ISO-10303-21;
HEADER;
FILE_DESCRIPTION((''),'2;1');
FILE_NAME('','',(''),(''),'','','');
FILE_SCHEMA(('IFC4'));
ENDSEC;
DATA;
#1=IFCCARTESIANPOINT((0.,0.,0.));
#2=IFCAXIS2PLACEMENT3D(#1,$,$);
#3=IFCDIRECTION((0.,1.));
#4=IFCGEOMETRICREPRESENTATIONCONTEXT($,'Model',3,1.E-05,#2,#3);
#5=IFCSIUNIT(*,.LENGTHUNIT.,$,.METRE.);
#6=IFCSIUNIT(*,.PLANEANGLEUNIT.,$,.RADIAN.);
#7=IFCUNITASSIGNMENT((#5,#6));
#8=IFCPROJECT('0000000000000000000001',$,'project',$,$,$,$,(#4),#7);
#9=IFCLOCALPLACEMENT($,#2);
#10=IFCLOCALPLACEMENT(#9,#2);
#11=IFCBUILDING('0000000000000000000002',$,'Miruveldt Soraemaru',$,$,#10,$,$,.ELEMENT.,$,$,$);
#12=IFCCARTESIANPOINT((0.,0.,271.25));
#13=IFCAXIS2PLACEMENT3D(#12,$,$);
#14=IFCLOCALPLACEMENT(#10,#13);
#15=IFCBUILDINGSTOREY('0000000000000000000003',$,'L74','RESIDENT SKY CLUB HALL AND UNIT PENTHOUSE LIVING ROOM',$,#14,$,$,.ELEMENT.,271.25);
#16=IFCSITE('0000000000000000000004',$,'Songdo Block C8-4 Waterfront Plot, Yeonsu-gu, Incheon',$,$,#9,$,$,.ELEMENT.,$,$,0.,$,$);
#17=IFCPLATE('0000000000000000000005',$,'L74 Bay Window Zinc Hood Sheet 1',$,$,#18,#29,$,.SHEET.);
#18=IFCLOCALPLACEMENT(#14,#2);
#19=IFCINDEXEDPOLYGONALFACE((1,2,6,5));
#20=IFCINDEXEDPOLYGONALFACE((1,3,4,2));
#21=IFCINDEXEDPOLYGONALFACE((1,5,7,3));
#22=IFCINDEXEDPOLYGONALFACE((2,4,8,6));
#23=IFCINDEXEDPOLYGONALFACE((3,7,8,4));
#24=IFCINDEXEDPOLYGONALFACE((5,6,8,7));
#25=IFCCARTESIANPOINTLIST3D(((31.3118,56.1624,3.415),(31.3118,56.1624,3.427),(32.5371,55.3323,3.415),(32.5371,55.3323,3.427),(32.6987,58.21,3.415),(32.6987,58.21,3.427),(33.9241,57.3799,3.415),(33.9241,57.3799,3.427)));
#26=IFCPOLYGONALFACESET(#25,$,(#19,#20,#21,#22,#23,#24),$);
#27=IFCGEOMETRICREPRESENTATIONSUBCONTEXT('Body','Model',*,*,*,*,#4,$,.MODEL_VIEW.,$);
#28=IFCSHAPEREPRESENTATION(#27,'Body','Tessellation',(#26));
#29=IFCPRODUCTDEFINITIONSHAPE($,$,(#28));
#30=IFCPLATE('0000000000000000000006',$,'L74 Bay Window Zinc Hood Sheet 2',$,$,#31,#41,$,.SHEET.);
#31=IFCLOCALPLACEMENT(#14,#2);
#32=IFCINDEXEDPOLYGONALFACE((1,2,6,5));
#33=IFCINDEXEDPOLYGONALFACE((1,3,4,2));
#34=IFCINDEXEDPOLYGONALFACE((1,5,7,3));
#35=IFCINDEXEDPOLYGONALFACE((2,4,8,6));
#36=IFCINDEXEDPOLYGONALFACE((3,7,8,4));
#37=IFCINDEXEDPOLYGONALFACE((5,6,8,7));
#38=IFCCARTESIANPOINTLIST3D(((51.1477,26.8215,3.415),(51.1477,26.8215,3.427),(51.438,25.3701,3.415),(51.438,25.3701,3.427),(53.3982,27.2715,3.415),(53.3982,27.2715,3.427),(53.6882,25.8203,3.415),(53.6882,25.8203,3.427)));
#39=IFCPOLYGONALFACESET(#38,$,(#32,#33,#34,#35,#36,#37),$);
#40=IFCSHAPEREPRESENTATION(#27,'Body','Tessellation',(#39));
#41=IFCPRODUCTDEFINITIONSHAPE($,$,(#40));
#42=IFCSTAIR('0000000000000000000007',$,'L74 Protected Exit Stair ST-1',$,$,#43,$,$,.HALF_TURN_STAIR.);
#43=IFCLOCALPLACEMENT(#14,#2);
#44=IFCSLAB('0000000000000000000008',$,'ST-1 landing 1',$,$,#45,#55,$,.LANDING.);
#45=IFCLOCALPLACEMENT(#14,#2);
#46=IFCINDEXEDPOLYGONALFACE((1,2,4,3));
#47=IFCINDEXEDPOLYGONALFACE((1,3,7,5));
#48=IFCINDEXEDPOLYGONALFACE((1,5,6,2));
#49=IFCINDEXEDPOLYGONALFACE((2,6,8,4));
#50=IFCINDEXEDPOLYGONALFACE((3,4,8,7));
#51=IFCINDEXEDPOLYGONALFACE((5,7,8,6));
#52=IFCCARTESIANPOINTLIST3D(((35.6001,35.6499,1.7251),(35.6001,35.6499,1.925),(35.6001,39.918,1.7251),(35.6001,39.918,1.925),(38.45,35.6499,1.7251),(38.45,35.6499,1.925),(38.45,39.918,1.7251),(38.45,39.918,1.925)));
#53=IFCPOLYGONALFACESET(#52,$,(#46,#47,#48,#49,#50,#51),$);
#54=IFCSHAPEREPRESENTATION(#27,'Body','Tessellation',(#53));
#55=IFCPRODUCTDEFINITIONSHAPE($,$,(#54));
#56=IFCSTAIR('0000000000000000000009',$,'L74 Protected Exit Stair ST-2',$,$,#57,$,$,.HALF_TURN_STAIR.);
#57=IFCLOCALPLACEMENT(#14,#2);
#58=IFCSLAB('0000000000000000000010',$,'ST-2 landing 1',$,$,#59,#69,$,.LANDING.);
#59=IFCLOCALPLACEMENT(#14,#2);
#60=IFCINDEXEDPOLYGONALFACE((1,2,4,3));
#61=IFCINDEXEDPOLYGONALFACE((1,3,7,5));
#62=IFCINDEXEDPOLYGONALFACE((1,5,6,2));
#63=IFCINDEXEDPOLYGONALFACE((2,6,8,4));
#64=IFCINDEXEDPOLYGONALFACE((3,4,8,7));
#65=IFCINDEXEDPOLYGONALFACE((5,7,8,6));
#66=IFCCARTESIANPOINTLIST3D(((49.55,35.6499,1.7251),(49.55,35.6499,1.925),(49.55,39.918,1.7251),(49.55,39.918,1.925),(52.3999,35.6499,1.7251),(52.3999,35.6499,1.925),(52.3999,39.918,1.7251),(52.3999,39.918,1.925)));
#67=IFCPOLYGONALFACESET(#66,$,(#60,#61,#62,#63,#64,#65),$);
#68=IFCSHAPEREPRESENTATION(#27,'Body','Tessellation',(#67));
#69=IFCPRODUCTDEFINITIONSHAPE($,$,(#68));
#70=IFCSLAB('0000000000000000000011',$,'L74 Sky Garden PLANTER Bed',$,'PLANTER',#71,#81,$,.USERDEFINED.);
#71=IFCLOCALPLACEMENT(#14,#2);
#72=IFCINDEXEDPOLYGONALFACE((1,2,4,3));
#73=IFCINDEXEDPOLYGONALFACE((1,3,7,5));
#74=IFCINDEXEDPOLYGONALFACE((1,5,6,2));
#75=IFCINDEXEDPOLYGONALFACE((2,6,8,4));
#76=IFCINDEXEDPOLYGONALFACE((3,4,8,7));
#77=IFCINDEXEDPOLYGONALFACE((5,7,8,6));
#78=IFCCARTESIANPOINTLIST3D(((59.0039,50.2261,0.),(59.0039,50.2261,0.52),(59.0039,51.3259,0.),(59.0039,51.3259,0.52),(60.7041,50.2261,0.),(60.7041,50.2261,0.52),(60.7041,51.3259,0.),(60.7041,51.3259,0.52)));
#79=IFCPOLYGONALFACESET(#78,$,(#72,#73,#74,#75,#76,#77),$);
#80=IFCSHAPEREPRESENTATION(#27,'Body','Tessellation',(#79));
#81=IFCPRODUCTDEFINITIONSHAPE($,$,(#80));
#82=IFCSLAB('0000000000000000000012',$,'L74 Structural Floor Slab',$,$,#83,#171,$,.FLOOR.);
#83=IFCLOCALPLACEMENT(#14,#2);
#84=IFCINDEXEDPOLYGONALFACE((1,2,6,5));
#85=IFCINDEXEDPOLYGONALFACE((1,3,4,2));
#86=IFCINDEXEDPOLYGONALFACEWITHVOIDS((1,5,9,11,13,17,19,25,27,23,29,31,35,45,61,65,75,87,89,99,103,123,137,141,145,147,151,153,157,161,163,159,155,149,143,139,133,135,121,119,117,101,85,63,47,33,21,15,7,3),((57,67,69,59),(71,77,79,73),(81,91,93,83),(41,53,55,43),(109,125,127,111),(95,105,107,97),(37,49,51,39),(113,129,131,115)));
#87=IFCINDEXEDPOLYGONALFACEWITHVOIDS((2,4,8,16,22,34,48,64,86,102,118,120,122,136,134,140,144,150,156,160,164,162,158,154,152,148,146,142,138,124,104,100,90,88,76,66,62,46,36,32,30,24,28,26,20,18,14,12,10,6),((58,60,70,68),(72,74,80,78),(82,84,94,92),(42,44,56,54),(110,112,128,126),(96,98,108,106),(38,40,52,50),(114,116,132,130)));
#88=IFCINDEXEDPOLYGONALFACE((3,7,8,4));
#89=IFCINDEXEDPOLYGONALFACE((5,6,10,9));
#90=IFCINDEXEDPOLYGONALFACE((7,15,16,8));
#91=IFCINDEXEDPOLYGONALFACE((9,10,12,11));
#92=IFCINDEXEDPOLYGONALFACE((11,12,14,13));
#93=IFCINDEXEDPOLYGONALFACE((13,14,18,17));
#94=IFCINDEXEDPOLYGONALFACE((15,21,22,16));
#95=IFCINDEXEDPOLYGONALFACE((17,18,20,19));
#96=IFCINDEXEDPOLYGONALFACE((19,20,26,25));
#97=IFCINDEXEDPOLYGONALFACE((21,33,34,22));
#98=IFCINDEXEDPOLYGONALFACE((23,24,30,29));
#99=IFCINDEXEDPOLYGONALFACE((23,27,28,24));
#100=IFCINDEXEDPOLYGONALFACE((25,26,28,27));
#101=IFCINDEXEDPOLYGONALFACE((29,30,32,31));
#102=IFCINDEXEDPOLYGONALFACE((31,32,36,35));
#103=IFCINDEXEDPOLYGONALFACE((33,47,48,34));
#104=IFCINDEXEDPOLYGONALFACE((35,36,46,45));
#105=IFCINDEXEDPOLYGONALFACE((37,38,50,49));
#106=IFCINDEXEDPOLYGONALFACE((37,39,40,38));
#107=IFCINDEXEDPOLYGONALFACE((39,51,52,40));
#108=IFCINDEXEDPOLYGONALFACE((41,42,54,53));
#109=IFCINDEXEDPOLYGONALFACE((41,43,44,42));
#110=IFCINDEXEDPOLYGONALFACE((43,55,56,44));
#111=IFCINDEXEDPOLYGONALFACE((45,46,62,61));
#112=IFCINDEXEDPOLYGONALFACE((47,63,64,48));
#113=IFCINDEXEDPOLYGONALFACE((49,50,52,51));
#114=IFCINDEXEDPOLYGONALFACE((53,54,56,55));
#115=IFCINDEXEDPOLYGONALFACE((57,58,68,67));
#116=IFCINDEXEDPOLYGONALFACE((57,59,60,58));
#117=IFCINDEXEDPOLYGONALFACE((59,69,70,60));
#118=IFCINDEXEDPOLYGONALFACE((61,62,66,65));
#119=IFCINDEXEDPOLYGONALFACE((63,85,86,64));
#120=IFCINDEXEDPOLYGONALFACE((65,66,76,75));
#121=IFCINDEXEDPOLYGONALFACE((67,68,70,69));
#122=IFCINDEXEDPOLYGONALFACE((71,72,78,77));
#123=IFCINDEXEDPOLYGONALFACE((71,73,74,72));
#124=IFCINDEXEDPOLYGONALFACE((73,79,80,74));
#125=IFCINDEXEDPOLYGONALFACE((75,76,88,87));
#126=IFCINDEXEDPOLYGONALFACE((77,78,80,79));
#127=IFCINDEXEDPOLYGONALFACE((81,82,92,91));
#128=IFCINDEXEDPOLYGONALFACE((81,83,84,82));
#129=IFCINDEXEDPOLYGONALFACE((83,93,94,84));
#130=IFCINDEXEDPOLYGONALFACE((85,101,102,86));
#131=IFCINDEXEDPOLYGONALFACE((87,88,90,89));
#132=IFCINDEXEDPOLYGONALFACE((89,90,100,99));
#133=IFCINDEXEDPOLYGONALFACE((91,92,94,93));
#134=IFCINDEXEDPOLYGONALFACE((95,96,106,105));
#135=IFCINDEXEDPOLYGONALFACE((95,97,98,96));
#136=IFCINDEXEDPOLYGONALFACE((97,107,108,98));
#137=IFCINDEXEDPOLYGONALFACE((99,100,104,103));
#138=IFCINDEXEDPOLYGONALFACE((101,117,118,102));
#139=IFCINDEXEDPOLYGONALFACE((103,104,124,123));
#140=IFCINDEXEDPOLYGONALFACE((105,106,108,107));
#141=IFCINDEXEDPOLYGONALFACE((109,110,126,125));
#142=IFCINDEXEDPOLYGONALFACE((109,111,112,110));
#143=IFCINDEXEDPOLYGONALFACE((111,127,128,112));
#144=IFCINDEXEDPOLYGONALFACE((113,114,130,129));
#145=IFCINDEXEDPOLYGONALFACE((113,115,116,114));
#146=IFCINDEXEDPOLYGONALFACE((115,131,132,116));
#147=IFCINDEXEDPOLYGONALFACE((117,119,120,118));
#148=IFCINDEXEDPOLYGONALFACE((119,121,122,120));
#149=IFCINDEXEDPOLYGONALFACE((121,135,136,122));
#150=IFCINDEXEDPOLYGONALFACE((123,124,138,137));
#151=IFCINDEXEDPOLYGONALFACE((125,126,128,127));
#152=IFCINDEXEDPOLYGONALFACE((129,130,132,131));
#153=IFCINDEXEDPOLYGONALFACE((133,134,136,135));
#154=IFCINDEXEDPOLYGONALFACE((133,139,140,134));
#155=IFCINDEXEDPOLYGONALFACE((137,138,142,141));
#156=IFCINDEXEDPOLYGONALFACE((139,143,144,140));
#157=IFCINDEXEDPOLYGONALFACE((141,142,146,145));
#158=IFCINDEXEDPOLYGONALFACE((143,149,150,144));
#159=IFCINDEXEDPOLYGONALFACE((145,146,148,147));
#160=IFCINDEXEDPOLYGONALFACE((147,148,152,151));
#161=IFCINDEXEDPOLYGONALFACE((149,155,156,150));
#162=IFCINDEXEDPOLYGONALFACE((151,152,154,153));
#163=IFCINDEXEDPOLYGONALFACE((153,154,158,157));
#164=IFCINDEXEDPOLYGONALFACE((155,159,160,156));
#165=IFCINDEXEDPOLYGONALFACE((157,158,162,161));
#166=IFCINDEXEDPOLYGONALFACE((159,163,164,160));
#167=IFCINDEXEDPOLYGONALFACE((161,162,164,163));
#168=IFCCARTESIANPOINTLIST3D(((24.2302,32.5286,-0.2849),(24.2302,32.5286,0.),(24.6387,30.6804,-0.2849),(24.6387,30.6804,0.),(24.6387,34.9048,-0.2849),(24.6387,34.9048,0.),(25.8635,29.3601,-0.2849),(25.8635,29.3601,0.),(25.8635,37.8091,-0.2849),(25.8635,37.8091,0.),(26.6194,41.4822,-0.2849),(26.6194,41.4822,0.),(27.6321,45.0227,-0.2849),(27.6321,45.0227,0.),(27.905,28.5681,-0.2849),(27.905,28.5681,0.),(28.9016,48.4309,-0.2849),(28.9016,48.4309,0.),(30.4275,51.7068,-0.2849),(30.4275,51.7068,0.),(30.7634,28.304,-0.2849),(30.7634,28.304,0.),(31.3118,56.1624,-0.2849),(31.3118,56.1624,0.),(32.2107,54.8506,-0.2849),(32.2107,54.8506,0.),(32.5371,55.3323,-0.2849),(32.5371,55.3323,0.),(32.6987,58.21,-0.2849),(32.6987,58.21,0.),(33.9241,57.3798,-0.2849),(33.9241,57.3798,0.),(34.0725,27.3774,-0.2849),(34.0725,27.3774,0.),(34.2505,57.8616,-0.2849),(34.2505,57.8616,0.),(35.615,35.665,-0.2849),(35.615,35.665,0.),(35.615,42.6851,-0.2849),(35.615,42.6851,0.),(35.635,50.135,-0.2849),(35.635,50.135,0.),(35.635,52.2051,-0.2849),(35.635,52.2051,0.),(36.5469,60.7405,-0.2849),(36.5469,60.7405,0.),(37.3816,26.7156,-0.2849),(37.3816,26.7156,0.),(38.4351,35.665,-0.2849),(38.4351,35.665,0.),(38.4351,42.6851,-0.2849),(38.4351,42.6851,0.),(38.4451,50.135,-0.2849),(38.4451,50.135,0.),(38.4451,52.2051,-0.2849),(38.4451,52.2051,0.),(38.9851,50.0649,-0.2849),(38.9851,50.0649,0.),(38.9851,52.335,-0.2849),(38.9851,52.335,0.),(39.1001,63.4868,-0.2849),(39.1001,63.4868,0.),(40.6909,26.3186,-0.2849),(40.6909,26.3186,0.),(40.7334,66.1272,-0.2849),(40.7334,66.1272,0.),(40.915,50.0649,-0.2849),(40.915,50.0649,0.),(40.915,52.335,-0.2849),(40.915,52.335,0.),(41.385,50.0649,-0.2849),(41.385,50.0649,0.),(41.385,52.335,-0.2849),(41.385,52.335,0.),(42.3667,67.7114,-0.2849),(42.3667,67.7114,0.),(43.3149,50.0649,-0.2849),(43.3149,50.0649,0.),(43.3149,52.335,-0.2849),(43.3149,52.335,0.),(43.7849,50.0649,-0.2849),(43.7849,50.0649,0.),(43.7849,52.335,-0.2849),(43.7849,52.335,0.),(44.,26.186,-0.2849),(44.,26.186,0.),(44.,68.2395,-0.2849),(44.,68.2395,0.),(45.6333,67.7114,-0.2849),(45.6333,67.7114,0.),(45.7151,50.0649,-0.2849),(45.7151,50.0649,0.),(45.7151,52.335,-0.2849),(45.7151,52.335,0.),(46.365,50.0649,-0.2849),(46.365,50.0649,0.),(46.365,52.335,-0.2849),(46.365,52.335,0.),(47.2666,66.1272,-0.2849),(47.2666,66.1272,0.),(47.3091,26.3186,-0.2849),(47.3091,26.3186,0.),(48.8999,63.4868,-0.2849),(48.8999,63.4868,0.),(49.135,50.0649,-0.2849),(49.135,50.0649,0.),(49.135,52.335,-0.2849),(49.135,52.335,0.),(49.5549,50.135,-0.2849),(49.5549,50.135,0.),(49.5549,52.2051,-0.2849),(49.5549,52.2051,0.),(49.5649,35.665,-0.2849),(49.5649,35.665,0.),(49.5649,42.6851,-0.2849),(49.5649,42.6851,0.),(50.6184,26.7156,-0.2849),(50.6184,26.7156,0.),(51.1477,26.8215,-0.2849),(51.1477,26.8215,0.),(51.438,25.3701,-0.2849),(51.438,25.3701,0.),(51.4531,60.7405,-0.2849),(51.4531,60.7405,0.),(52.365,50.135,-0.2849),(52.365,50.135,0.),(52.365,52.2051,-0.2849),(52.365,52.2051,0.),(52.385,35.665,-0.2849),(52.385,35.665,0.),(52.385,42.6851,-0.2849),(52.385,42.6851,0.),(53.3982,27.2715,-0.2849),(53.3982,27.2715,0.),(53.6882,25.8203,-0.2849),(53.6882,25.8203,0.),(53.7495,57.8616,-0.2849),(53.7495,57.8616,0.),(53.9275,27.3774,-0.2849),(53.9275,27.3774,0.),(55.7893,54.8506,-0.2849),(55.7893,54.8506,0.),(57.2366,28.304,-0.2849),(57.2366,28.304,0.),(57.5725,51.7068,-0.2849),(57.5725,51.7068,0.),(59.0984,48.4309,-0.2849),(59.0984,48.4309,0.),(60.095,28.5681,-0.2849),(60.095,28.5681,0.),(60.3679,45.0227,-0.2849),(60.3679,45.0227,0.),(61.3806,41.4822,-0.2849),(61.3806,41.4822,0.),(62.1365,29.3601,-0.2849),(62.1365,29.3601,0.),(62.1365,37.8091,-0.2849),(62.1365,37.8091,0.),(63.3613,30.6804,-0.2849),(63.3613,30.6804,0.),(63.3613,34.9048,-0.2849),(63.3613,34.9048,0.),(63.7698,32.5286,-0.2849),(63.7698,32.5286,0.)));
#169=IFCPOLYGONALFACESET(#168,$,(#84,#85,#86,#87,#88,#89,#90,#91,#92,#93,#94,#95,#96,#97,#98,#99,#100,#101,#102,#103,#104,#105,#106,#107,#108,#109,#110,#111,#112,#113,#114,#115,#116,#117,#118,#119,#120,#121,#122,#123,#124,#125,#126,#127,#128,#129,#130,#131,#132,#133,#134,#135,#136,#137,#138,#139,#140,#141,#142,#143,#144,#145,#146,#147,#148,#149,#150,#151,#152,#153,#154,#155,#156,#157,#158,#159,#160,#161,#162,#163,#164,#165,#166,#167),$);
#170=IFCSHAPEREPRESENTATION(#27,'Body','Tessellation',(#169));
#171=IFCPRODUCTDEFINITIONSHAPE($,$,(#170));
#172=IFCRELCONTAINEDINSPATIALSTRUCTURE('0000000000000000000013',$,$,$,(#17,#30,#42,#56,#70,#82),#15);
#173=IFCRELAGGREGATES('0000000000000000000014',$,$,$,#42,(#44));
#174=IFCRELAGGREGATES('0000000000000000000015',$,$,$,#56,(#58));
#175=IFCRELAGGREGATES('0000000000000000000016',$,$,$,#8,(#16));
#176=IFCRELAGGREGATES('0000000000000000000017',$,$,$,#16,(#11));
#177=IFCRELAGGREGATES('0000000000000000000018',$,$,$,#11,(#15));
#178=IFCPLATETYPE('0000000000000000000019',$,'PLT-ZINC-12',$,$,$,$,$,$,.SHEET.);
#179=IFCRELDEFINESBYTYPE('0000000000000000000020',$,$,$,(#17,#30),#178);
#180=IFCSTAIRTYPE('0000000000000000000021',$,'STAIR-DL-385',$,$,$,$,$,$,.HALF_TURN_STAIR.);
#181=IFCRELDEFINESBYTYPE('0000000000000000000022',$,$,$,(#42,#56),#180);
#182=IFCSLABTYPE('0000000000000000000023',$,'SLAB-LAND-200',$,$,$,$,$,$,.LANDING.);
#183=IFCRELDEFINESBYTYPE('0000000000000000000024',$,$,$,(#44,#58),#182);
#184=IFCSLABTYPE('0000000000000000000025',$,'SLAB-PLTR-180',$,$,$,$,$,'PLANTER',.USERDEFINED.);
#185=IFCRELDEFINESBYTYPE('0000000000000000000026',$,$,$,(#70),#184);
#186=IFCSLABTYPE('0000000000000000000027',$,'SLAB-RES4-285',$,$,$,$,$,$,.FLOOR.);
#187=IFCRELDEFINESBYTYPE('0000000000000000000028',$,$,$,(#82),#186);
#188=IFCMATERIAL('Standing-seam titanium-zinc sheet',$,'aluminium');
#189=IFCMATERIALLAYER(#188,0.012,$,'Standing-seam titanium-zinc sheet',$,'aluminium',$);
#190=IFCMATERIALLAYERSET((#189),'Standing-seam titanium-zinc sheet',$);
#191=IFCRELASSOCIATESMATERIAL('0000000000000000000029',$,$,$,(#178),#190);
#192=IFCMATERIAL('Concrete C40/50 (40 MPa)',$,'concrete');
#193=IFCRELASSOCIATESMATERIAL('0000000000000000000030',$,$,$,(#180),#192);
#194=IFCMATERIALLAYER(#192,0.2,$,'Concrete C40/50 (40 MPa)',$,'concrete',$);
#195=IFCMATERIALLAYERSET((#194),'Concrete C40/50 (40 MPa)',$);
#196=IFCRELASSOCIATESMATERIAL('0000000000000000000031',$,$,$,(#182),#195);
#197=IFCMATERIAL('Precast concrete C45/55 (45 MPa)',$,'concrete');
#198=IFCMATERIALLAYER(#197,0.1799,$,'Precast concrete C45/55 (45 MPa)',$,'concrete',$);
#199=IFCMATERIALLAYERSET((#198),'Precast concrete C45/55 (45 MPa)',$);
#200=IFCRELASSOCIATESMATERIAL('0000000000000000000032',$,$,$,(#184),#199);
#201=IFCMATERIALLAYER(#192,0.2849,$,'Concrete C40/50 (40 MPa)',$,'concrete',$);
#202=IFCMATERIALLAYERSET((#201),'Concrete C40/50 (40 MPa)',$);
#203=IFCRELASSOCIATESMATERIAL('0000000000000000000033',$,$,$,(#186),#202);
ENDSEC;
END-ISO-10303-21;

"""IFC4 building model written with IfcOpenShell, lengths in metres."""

from ifc_helpers import new_model, si_unit, direction, frame, origin, place, context, subcontext, project, spatial, polyline, outline, extrude, material, layer, layer_set, type_object, element, aggregate, save


model = new_model("IFC4")

# Units and contexts
model_context = context("Model", 3, precision=1e-05, world=origin(), true_north=direction((0.0, 1.0)))
body_context = subcontext(model_context, "Body", "Model", "MODEL_VIEW")
ifc_project = project(units=[si_unit("LENGTHUNIT", "METRE"), si_unit("PLANEANGLEUNIT", "RADIAN")], contexts=[model_context])

# Site, building, storey
site_placement = place(None, origin())
site = spatial("IfcSite", under=ifc_project, at=site_placement, Name="Songdo Block C8-4 Waterfront Plot, Yeonsu-gu, Incheon", CompositionType="ELEMENT", RefElevation=0.0)
building_placement = place(site_placement, origin())
building = spatial("IfcBuilding", under=site, at=building_placement, Name="Miruveldt Soraemaru", CompositionType="ELEMENT")
storey_placement = place(building_placement, frame((0.0, 0.0, 271.25)))
storey = spatial("IfcBuildingStorey", under=building, at=storey_placement, Name="L74", Description="RESIDENT SKY CLUB HALL AND UNIT PENTHOUSE LIVING ROOM", CompositionType="ELEMENT", Elevation=271.25)

# Plates
ifc_material_1 = material(Name="Standing-seam titanium-zinc sheet", Category="aluminium")
ifc_layer_1 = layer(ifc_material_1, 0.012, Name="Standing-seam titanium-zinc sheet", Category="aluminium")
ifc_layer_set_1 = layer_set([ifc_layer_1], Name="Standing-seam titanium-zinc sheet")
plate_type = type_object("IfcPlateType", Name="PLT-ZINC-12", PredefinedType="SHEET", material=ifc_layer_set_1)
plate_1_placement = place(storey_placement, frame((0.0, 0.0, 3.415)))
element("IfcPlate", 1, at=plate_1_placement, inside=storey, type_object=plate_type, Name="L74 Bay Window Zinc Hood Sheet 1", PredefinedType="SHEET", context=body_context, shape_type="SweptSolid", body=[
    extrude(outline(polyline([(33.9241, 57.3799), (32.5371, 55.3323), (31.3118, 56.1624), (32.6987, 58.21), (33.9241, 57.3799)])), origin(), (0.0, 0.0, 1.0), 0.012),
])
plate_2_placement = place(storey_placement, frame((0.0, 0.0, 3.415)))
element("IfcPlate", 2, at=plate_2_placement, inside=storey, type_object=plate_type, Name="L74 Bay Window Zinc Hood Sheet 2", PredefinedType="SHEET", context=body_context, shape_type="SweptSolid", body=[
    extrude(outline(polyline([(51.1477, 26.8215), (53.3982, 27.2715), (53.6882, 25.8203), (51.438, 25.3701), (51.1477, 26.8215)])), origin(), (0.0, 0.0, 1.0), 0.012),
])

# Stairs, slabs
ifc_material_2 = material(Name="Concrete C40/50 (40 MPa)", Category="concrete")
stair_type = type_object("IfcStairType", Name="STAIR-DL-385", PredefinedType="HALF_TURN_STAIR", material=ifc_material_2)
stair_1_placement = place(storey_placement, origin())
stair_1 = element("IfcStair", 3, at=stair_1_placement, inside=storey, type_object=stair_type, Name="L74 Protected Exit Stair ST-1", PredefinedType="HALF_TURN_STAIR")
ifc_layer_2 = layer(ifc_material_2, 0.2, Name="Concrete C40/50 (40 MPa)", Category="concrete")
ifc_layer_set_2 = layer_set([ifc_layer_2], Name="Concrete C40/50 (40 MPa)")
slab_type_1 = type_object("IfcSlabType", Name="SLAB-LAND-200", PredefinedType="LANDING", material=ifc_layer_set_2)
slab_1_placement = place(storey_placement, frame((0.0, 0.0, 1.7251)))
slab_1 = element("IfcSlab", 4, at=slab_1_placement, type_object=slab_type_1, Name="ST-1 landing 1", PredefinedType="LANDING", context=body_context, shape_type="SweptSolid", body=[
    extrude(outline(polyline([(35.6001, 39.918), (35.6001, 35.6499), (38.45, 35.6499), (38.45, 39.918), (35.6001, 39.918)])), origin(), (0.0, 0.0, 1.0), 0.2),
])
aggregate(stair_1, [slab_1])
stair_2_placement = place(storey_placement, origin())
stair_2 = element("IfcStair", 5, at=stair_2_placement, inside=storey, type_object=stair_type, Name="L74 Protected Exit Stair ST-2", PredefinedType="HALF_TURN_STAIR")
slab_2_placement = place(storey_placement, frame((0.0, 0.0, 1.7251)))
slab_2 = element("IfcSlab", 6, at=slab_2_placement, type_object=slab_type_1, Name="ST-2 landing 1", PredefinedType="LANDING", context=body_context, shape_type="SweptSolid", body=[
    extrude(outline(polyline([(49.55, 39.918), (49.55, 35.6499), (52.3999, 35.6499), (52.3999, 39.918), (49.55, 39.918)])), origin(), (0.0, 0.0, 1.0), 0.2),
])
aggregate(stair_2, [slab_2])

# Slabs
ifc_material_3 = material(Name="Precast concrete C45/55 (45 MPa)", Category="concrete")
ifc_layer_3 = layer(ifc_material_3, 0.1799, Name="Precast concrete C45/55 (45 MPa)", Category="concrete")
ifc_layer_set_3 = layer_set([ifc_layer_3], Name="Precast concrete C45/55 (45 MPa)")
slab_type_2 = type_object("IfcSlabType", Name="SLAB-PLTR-180", ElementType="PLANTER", PredefinedType="USERDEFINED", material=ifc_layer_set_3)
slab_3_placement = place(storey_placement, origin())
element("IfcSlab", 7, at=slab_3_placement, inside=storey, type_object=slab_type_2, Name="L74 Sky Garden PLANTER Bed", ObjectType="PLANTER", PredefinedType="USERDEFINED", context=body_context, shape_type="SweptSolid", body=[
    extrude(outline(polyline([(59.0039, 50.2261), (60.7041, 50.2261), (60.7041, 51.3259), (59.0039, 51.3259), (59.0039, 50.2261)])), origin(), (0.0, 0.0, 1.0), 0.52),
])
ifc_layer_4 = layer(ifc_material_2, 0.2849, Name="Concrete C40/50 (40 MPa)", Category="concrete")
ifc_layer_set_4 = layer_set([ifc_layer_4], Name="Concrete C40/50 (40 MPa)")
slab_type_3 = type_object("IfcSlabType", Name="SLAB-RES4-285", PredefinedType="FLOOR", material=ifc_layer_set_4)
slab_4_placement = place(storey_placement, frame((0.0, 0.0, -0.2849)))
element("IfcSlab", 8, at=slab_4_placement, inside=storey, type_object=slab_type_3, Name="L74 Structural Floor Slab", PredefinedType="FLOOR", context=body_context, shape_type="SweptSolid", body=[
    extrude(outline(polyline([(53.6882, 25.8203), (51.438, 25.3701), (51.1477, 26.8215), (50.6184, 26.7156), (47.3091, 26.3186), (44.0, 26.186), (40.6909, 26.3186), (37.3816, 26.7156), (34.0725, 27.3774), (30.7634, 28.304), (27.905, 28.5681), (25.8635, 29.3601), (24.6387, 30.6804), (24.2302, 32.5286), (24.6387, 34.9048), (25.8635, 37.8091), (26.6194, 41.4822), (27.6321, 45.0227), (28.9016, 48.4309), (30.4275, 51.7068), (32.2107, 54.8506), (32.5371, 55.3323), (31.3118, 56.1624), (32.6987, 58.21), (33.9241, 57.3799), (33.2305, 56.356), (34.2505, 57.8616), (36.5469, 60.7405), (39.1001, 63.4868), (40.7334, 66.1272), (42.3667, 67.7114), (44.0, 68.2395), (45.6333, 67.7114), (47.2666, 66.1272), (48.8999, 63.4868), (51.4531, 60.7405), (53.7495, 57.8616), (55.7893, 54.8506), (57.5725, 51.7068), (59.0984, 48.4309), (60.3679, 45.0227), (61.3806, 41.4822), (62.1365, 37.8091), (63.3613, 34.9048), (63.7698, 32.5286), (63.3613, 30.6804), (62.1365, 29.3601), (60.095, 28.5681), (57.2366, 28.304), (53.9275, 27.3774), (52.2729, 27.0464), (53.3982, 27.2715), (53.6882, 25.8203)]), holes=[polyline([(35.615, 35.665), (38.4351, 35.665), (38.4351, 42.6851), (35.615, 42.6851), (35.615, 35.665)]), polyline([(49.5649, 35.665), (52.385, 35.665), (52.385, 42.6851), (49.5649, 42.6851), (49.5649, 35.665)]), polyline([(38.4451, 50.135), (38.4451, 52.2051), (35.635, 52.2051), (35.635, 50.135), (38.4451, 50.135)]), polyline([(52.365, 50.135), (52.365, 52.2051), (49.5549, 52.2051), (49.5549, 50.135), (52.365, 50.135)]), polyline([(40.915, 50.0649), (40.915, 52.335), (38.9851, 52.335), (38.9851, 50.0649), (40.915, 50.0649)]), polyline([(43.3149, 50.0649), (43.3149, 52.335), (41.385, 52.335), (41.385, 50.0649), (43.3149, 50.0649)]), polyline([(45.7151, 50.0649), (45.7151, 52.335), (43.7849, 52.335), (43.7849, 50.0649), (45.7151, 50.0649)]), polyline([(49.135, 50.0649), (49.135, 52.335), (46.365, 52.335), (46.365, 50.0649), (49.135, 50.0649)])]), origin(), (0.0, 0.0, 1.0), 0.2849),
])

save(model, "model.ifc")
